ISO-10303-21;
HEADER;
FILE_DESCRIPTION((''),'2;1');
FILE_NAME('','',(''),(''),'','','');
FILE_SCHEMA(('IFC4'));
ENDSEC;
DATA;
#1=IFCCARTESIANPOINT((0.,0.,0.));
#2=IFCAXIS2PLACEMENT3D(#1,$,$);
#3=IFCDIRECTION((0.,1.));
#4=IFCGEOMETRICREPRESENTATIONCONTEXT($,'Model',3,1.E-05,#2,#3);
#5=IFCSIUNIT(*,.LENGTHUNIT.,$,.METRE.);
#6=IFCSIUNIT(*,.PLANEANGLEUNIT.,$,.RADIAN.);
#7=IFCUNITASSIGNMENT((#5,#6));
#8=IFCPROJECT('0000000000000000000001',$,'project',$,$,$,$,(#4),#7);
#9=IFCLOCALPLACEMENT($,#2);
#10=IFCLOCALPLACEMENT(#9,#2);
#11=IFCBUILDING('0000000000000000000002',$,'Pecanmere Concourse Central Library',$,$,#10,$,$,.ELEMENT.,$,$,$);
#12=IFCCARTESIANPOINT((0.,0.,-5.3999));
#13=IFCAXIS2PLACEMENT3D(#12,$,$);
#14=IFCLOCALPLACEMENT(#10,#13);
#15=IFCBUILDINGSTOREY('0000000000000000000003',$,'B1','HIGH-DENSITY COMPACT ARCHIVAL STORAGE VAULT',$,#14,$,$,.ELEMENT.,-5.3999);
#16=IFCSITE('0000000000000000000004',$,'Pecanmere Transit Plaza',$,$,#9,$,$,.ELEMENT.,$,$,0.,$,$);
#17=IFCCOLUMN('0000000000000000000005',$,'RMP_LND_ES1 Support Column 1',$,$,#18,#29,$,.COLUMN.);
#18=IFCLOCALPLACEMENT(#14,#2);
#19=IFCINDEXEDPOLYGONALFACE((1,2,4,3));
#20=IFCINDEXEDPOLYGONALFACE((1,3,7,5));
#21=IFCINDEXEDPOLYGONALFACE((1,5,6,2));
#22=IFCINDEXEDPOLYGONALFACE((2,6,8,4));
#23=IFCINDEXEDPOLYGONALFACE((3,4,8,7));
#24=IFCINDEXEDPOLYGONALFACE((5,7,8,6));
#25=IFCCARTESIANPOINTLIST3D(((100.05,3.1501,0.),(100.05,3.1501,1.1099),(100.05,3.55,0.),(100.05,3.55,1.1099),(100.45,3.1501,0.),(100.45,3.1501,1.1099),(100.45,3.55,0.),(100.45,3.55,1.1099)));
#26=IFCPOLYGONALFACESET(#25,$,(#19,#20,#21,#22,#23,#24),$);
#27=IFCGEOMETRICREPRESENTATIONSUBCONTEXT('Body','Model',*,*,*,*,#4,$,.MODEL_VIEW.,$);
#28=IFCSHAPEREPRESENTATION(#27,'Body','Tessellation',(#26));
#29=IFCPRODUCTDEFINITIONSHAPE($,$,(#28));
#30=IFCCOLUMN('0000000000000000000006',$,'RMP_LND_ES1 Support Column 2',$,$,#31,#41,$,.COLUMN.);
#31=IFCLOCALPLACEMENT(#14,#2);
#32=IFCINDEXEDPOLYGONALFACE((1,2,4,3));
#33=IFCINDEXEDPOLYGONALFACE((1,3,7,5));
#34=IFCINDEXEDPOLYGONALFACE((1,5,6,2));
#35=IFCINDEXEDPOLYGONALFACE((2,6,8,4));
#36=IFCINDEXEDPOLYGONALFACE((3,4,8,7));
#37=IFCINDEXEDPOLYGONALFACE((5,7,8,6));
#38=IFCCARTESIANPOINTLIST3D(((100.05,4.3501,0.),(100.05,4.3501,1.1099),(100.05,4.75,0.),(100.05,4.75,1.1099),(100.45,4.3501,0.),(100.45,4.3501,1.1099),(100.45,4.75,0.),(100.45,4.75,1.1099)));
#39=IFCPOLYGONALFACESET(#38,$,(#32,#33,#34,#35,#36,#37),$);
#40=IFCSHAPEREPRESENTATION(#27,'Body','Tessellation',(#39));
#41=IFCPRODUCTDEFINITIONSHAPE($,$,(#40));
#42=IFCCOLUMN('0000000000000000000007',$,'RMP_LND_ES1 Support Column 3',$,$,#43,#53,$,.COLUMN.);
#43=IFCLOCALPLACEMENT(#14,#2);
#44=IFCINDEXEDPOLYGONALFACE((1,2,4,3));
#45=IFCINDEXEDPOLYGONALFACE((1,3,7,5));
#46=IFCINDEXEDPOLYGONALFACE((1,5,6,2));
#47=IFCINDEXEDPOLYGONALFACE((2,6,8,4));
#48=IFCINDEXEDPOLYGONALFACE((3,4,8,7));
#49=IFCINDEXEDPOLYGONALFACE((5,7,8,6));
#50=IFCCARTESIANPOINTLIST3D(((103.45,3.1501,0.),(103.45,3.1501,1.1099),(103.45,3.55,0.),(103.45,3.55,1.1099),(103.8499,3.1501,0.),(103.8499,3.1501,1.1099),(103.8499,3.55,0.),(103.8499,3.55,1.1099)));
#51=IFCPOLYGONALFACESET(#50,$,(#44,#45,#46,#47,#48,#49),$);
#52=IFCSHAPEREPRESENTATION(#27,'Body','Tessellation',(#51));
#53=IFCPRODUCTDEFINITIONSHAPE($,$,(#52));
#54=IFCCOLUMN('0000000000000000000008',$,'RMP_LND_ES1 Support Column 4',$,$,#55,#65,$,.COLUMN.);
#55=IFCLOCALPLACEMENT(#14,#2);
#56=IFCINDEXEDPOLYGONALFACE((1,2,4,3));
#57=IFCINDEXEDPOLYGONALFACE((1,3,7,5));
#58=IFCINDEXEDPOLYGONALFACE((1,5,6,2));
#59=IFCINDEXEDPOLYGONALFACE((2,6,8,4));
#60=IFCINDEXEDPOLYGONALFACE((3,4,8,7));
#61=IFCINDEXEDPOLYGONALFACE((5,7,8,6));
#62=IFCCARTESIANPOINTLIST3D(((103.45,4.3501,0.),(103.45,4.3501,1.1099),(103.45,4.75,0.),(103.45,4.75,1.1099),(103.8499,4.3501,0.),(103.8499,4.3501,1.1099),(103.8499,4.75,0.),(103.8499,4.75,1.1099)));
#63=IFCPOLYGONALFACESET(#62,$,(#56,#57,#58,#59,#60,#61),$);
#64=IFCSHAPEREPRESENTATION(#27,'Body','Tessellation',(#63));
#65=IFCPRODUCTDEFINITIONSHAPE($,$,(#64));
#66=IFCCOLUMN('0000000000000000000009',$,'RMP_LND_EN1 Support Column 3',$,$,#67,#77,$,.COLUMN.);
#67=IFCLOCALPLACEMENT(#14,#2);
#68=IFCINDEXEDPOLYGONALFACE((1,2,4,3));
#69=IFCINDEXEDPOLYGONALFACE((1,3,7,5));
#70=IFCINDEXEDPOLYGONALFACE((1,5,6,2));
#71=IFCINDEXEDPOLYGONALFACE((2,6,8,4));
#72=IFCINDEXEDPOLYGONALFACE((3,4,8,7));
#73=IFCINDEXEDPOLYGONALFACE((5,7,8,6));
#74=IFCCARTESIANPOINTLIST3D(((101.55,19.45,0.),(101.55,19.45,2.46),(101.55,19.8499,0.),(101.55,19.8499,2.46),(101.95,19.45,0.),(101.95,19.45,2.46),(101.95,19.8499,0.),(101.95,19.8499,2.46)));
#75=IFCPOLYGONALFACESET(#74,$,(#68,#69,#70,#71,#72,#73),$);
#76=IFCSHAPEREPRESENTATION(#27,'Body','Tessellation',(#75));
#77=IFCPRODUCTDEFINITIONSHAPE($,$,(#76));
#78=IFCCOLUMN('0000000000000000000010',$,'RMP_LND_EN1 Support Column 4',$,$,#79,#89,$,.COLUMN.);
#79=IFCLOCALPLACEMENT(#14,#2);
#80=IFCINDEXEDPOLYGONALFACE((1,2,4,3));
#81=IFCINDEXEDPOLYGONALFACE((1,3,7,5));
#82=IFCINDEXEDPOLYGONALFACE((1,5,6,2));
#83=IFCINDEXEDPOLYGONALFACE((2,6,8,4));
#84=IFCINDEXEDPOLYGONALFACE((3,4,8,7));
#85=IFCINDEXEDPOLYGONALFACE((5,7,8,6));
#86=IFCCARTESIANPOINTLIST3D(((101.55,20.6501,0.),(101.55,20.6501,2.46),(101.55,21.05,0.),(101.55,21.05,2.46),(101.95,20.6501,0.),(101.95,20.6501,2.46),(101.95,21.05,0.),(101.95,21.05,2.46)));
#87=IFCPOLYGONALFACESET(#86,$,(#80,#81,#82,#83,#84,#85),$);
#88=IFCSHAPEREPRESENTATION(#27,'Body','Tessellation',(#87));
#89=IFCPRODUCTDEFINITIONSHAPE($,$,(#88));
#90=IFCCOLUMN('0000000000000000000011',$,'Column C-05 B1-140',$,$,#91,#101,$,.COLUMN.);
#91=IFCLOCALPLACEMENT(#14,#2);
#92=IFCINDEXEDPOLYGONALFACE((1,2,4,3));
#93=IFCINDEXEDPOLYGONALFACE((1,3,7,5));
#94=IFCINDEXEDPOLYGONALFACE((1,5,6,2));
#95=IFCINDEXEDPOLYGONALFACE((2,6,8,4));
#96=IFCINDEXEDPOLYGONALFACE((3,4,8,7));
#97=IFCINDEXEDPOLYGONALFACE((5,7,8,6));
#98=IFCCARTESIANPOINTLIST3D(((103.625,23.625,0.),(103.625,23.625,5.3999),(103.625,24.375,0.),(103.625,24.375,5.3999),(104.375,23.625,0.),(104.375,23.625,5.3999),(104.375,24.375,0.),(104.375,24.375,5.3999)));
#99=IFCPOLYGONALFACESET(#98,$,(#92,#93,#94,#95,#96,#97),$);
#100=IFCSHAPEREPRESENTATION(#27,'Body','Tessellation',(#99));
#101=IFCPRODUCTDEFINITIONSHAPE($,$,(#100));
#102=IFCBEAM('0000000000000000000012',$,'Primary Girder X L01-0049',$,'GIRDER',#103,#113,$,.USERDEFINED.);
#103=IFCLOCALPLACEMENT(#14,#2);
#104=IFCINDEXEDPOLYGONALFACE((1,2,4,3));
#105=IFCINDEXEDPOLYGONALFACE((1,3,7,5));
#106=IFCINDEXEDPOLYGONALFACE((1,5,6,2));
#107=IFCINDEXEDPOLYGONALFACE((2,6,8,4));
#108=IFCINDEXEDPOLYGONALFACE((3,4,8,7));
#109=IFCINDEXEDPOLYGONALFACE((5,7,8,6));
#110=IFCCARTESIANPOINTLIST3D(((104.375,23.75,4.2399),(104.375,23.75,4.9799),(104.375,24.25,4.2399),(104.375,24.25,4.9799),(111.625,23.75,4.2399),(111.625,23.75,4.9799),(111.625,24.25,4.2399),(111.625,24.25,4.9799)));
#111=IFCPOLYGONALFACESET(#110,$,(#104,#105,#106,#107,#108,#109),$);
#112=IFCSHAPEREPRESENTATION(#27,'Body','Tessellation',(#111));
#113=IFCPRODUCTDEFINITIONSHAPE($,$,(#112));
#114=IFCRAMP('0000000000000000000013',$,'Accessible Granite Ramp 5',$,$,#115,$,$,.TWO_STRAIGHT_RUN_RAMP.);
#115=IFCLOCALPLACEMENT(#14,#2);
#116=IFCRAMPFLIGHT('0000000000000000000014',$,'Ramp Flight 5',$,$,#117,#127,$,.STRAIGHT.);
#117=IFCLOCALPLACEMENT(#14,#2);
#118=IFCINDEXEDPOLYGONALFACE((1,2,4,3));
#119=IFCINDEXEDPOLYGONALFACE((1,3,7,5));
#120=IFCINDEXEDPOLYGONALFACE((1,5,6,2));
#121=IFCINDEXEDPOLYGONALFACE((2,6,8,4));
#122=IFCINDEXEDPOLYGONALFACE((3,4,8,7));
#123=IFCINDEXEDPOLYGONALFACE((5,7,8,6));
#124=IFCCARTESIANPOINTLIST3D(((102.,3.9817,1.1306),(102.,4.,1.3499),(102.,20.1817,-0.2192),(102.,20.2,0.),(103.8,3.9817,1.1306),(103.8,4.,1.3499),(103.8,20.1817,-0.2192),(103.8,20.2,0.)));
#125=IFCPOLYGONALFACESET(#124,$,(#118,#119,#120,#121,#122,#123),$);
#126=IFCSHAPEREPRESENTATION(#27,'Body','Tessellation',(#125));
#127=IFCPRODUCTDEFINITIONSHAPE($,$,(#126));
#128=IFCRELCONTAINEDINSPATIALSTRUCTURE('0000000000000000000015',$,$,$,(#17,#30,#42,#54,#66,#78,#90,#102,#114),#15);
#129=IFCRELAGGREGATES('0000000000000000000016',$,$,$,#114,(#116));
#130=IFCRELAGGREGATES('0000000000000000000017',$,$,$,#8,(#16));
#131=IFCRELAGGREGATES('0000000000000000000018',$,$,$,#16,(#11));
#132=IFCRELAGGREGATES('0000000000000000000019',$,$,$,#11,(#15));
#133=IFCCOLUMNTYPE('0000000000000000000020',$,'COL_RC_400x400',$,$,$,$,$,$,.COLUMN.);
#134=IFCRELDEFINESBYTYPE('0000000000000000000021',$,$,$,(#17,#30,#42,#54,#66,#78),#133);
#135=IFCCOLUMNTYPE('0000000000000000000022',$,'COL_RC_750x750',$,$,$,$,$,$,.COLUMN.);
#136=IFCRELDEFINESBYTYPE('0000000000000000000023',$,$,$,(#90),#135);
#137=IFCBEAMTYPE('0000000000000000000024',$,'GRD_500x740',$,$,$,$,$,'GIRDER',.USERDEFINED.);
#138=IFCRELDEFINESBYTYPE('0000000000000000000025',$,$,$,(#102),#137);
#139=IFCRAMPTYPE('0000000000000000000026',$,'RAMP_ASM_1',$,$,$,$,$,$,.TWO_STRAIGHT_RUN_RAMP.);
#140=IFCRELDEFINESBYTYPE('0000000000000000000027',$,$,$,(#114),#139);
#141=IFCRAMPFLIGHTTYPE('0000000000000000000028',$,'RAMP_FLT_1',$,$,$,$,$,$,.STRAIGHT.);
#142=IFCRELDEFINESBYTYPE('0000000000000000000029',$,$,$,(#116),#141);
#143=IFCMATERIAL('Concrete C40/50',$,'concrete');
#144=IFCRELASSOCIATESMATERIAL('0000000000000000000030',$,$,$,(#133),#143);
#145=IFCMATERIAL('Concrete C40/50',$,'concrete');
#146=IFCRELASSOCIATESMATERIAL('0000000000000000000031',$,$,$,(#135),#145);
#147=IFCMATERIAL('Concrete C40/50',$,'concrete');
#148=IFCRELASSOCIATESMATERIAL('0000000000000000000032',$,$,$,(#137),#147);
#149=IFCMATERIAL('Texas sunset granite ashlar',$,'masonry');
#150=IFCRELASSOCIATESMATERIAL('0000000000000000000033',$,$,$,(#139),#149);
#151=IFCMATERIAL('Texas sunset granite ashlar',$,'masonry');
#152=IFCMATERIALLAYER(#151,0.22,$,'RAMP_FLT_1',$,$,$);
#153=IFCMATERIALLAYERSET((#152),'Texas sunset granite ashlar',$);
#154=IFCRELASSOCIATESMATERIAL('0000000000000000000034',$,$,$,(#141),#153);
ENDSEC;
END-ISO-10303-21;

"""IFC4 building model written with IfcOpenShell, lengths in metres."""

from ifc_helpers import new_model, si_unit, direction, frame, origin, origin_2d, place, context, subcontext, project, spatial, polyline, rectangle, outline, extrude, material, layer, layer_set, material_profile, profile_set, type_object, element, aggregate, save


model = new_model("IFC4")

# Units and contexts
model_context = context("Model", 3, precision=1e-05, world=origin(), true_north=direction((0.0, 1.0)))
body_context = subcontext(model_context, "Body", "Model", "MODEL_VIEW")
ifc_project = project(units=[si_unit("LENGTHUNIT", "METRE"), si_unit("PLANEANGLEUNIT", "RADIAN")], contexts=[model_context])

# Site, building, storey
site_placement = place(None, origin())
site = spatial("IfcSite", under=ifc_project, at=site_placement, Name="Pecanmere Transit Plaza", CompositionType="ELEMENT", RefElevation=0.0)
building_placement = place(site_placement, origin())
building = spatial("IfcBuilding", under=site, at=building_placement, Name="Pecanmere Concourse Central Library", CompositionType="ELEMENT")
storey_placement = place(building_placement, frame((0.0, 0.0, -5.3999)))
storey = spatial("IfcBuildingStorey", under=building, at=storey_placement, Name="B1", Description="HIGH-DENSITY COMPACT ARCHIVAL STORAGE VAULT", CompositionType="ELEMENT", Elevation=-5.3999)

# Columns
ifc_material_1 = material(Name="Concrete C40/50", Category="concrete")
ifc_material_profile_1 = material_profile(ifc_material_1, rectangle(XDim=0.3999, YDim=0.3999, at=origin_2d()), Name="RC 400x400")
ifc_profile_set_1 = profile_set([ifc_material_profile_1], Name="Concrete C40/50")
column_type_1 = type_object("IfcColumnType", Name="COL_RC_400x400", PredefinedType="COLUMN", material=ifc_profile_set_1)
for number, where, z_axis, x_axis, name in (
    (1, (100.25, 3.3501, 0.0), (0.0, 0.0, 1.0), (1.0, 0.0, 0.0), "RMP_LND_ES1 Support Column 1"),
    (2, (100.25, 4.55, 0.0), (0.0, 0.0, 1.0), (1.0, 0.0, 0.0), "RMP_LND_ES1 Support Column 2"),
    (3, (103.6499, 3.3501, 0.0), (0.0, 0.0, 1.0), (1.0, 0.0, 0.0), "RMP_LND_ES1 Support Column 3"),
    (4, (103.6499, 4.55, 0.0), (0.0, 0.0, 1.0), (1.0, 0.0, 0.0), "RMP_LND_ES1 Support Column 4"),
):
    element("IfcColumn", number, at=place(storey_placement, frame(where, z_axis=z_axis, x_axis=x_axis)), inside=storey, type_object=column_type_1, Name=name, PredefinedType="COLUMN", context=body_context, shape_type="SweptSolid", body=[
        extrude(rectangle(XDim=0.3999, YDim=0.3999, at=origin_2d()), origin(), (0.0, 0.0, 1.0), 1.1099),
    ])
for number, where, z_axis, x_axis, name in (
    (5, (101.75, 19.6499, 0.0), (0.0, 0.0, 1.0), (1.0, 0.0, 0.0), "RMP_LND_EN1 Support Column 3"),
    (6, (101.75, 20.8501, 0.0), (0.0, 0.0, 1.0), (1.0, 0.0, 0.0), "RMP_LND_EN1 Support Column 4"),
):
    element("IfcColumn", number, at=place(storey_placement, frame(where, z_axis=z_axis, x_axis=x_axis)), inside=storey, type_object=column_type_1, Name=name, PredefinedType="COLUMN", context=body_context, shape_type="SweptSolid", body=[
        extrude(rectangle(XDim=0.3999, YDim=0.3999, at=origin_2d()), origin(), (0.0, 0.0, 1.0), 2.46),
    ])
ifc_material_2 = material(Name="Concrete C40/50", Category="concrete")
ifc_material_profile_2 = material_profile(ifc_material_2, rectangle(XDim=0.75, YDim=0.75, at=origin_2d()), Name="RC 750x750")
ifc_profile_set_2 = profile_set([ifc_material_profile_2], Name="Concrete C40/50")
column_type_2 = type_object("IfcColumnType", Name="COL_RC_750x750", PredefinedType="COLUMN", material=ifc_profile_set_2)
column_placement = place(storey_placement, frame((104.0, 24.0, 0.0), z_axis=(0.0, 0.0, 1.0), x_axis=(1.0, 0.0, 0.0)))
element("IfcColumn", 7, at=column_placement, inside=storey, type_object=column_type_2, Name="Column C-05 B1-140", PredefinedType="COLUMN", context=body_context, shape_type="SweptSolid", body=[
    extrude(rectangle(XDim=0.75, YDim=0.75, at=origin_2d()), origin(), (0.0, 0.0, 1.0), 5.3999),
])

# Beam
ifc_material_3 = material(Name="Concrete C40/50", Category="concrete")
ifc_material_profile_3 = material_profile(ifc_material_3, rectangle(XDim=0.5, YDim=0.74, at=origin_2d()), Name="RC 500x740")
ifc_profile_set_3 = profile_set([ifc_material_profile_3], Name="Concrete C40/50")
beam_type = type_object("IfcBeamType", Name="GRD_500x740", ElementType="GIRDER", PredefinedType="USERDEFINED", material=ifc_profile_set_3)
beam_placement = place(storey_placement, frame((104.375, 24.0, 4.6099), z_axis=(1.0, 0.0, 0.0), x_axis=(0.0, 1.0, 0.0)))
element("IfcBeam", 8, at=beam_placement, inside=storey, type_object=beam_type, Name="Primary Girder X L01-0049", ObjectType="GIRDER", PredefinedType="USERDEFINED", context=body_context, shape_type="SweptSolid", body=[
    extrude(rectangle(XDim=0.5, YDim=0.74, at=origin_2d()), origin(), (0.0, 0.0, 1.0), 7.25),
])

# Ramp, ramp flight
ifc_material_4 = material(Name="Texas sunset granite ashlar", Category="masonry")
ramp_type = type_object("IfcRampType", Name="RAMP_ASM_1", PredefinedType="TWO_STRAIGHT_RUN_RAMP", material=ifc_material_4)
ramp_placement = place(storey_placement, origin())
ramp = element("IfcRamp", 9, at=ramp_placement, inside=storey, type_object=ramp_type, Name="Accessible Granite Ramp 5", PredefinedType="TWO_STRAIGHT_RUN_RAMP")
ifc_material_5 = material(Name="Texas sunset granite ashlar", Category="masonry")
ifc_layer = layer(ifc_material_5, 0.22, Name="RAMP_FLT_1")
ifc_layer_set = layer_set([ifc_layer], Name="Texas sunset granite ashlar")
ramp_flight_type = type_object("IfcRampFlightType", Name="RAMP_FLT_1", PredefinedType="STRAIGHT", material=ifc_layer_set)
ramp_flight_placement = place(storey_placement, frame((102.0, 20.2, 0.0), z_axis=(0.0, 0.083037, 0.996546), x_axis=(1.0, 0.0, 0.0)))
ramp_flight = element("IfcRampFlight", 10, at=ramp_flight_placement, type_object=ramp_flight_type, Name="Ramp Flight 5", PredefinedType="STRAIGHT", context=body_context, shape_type="SweptSolid", body=[
    extrude(outline(polyline([(0.0, 0.0), (1.8, 0.0), (1.8, -16.2561), (0.0, -16.2561), (0.0, 0.0)])), origin(), (0.0, 0.0, -1.0), 0.22),
])
aggregate(ramp, [ramp_flight])

save(model, "model.ifc")
